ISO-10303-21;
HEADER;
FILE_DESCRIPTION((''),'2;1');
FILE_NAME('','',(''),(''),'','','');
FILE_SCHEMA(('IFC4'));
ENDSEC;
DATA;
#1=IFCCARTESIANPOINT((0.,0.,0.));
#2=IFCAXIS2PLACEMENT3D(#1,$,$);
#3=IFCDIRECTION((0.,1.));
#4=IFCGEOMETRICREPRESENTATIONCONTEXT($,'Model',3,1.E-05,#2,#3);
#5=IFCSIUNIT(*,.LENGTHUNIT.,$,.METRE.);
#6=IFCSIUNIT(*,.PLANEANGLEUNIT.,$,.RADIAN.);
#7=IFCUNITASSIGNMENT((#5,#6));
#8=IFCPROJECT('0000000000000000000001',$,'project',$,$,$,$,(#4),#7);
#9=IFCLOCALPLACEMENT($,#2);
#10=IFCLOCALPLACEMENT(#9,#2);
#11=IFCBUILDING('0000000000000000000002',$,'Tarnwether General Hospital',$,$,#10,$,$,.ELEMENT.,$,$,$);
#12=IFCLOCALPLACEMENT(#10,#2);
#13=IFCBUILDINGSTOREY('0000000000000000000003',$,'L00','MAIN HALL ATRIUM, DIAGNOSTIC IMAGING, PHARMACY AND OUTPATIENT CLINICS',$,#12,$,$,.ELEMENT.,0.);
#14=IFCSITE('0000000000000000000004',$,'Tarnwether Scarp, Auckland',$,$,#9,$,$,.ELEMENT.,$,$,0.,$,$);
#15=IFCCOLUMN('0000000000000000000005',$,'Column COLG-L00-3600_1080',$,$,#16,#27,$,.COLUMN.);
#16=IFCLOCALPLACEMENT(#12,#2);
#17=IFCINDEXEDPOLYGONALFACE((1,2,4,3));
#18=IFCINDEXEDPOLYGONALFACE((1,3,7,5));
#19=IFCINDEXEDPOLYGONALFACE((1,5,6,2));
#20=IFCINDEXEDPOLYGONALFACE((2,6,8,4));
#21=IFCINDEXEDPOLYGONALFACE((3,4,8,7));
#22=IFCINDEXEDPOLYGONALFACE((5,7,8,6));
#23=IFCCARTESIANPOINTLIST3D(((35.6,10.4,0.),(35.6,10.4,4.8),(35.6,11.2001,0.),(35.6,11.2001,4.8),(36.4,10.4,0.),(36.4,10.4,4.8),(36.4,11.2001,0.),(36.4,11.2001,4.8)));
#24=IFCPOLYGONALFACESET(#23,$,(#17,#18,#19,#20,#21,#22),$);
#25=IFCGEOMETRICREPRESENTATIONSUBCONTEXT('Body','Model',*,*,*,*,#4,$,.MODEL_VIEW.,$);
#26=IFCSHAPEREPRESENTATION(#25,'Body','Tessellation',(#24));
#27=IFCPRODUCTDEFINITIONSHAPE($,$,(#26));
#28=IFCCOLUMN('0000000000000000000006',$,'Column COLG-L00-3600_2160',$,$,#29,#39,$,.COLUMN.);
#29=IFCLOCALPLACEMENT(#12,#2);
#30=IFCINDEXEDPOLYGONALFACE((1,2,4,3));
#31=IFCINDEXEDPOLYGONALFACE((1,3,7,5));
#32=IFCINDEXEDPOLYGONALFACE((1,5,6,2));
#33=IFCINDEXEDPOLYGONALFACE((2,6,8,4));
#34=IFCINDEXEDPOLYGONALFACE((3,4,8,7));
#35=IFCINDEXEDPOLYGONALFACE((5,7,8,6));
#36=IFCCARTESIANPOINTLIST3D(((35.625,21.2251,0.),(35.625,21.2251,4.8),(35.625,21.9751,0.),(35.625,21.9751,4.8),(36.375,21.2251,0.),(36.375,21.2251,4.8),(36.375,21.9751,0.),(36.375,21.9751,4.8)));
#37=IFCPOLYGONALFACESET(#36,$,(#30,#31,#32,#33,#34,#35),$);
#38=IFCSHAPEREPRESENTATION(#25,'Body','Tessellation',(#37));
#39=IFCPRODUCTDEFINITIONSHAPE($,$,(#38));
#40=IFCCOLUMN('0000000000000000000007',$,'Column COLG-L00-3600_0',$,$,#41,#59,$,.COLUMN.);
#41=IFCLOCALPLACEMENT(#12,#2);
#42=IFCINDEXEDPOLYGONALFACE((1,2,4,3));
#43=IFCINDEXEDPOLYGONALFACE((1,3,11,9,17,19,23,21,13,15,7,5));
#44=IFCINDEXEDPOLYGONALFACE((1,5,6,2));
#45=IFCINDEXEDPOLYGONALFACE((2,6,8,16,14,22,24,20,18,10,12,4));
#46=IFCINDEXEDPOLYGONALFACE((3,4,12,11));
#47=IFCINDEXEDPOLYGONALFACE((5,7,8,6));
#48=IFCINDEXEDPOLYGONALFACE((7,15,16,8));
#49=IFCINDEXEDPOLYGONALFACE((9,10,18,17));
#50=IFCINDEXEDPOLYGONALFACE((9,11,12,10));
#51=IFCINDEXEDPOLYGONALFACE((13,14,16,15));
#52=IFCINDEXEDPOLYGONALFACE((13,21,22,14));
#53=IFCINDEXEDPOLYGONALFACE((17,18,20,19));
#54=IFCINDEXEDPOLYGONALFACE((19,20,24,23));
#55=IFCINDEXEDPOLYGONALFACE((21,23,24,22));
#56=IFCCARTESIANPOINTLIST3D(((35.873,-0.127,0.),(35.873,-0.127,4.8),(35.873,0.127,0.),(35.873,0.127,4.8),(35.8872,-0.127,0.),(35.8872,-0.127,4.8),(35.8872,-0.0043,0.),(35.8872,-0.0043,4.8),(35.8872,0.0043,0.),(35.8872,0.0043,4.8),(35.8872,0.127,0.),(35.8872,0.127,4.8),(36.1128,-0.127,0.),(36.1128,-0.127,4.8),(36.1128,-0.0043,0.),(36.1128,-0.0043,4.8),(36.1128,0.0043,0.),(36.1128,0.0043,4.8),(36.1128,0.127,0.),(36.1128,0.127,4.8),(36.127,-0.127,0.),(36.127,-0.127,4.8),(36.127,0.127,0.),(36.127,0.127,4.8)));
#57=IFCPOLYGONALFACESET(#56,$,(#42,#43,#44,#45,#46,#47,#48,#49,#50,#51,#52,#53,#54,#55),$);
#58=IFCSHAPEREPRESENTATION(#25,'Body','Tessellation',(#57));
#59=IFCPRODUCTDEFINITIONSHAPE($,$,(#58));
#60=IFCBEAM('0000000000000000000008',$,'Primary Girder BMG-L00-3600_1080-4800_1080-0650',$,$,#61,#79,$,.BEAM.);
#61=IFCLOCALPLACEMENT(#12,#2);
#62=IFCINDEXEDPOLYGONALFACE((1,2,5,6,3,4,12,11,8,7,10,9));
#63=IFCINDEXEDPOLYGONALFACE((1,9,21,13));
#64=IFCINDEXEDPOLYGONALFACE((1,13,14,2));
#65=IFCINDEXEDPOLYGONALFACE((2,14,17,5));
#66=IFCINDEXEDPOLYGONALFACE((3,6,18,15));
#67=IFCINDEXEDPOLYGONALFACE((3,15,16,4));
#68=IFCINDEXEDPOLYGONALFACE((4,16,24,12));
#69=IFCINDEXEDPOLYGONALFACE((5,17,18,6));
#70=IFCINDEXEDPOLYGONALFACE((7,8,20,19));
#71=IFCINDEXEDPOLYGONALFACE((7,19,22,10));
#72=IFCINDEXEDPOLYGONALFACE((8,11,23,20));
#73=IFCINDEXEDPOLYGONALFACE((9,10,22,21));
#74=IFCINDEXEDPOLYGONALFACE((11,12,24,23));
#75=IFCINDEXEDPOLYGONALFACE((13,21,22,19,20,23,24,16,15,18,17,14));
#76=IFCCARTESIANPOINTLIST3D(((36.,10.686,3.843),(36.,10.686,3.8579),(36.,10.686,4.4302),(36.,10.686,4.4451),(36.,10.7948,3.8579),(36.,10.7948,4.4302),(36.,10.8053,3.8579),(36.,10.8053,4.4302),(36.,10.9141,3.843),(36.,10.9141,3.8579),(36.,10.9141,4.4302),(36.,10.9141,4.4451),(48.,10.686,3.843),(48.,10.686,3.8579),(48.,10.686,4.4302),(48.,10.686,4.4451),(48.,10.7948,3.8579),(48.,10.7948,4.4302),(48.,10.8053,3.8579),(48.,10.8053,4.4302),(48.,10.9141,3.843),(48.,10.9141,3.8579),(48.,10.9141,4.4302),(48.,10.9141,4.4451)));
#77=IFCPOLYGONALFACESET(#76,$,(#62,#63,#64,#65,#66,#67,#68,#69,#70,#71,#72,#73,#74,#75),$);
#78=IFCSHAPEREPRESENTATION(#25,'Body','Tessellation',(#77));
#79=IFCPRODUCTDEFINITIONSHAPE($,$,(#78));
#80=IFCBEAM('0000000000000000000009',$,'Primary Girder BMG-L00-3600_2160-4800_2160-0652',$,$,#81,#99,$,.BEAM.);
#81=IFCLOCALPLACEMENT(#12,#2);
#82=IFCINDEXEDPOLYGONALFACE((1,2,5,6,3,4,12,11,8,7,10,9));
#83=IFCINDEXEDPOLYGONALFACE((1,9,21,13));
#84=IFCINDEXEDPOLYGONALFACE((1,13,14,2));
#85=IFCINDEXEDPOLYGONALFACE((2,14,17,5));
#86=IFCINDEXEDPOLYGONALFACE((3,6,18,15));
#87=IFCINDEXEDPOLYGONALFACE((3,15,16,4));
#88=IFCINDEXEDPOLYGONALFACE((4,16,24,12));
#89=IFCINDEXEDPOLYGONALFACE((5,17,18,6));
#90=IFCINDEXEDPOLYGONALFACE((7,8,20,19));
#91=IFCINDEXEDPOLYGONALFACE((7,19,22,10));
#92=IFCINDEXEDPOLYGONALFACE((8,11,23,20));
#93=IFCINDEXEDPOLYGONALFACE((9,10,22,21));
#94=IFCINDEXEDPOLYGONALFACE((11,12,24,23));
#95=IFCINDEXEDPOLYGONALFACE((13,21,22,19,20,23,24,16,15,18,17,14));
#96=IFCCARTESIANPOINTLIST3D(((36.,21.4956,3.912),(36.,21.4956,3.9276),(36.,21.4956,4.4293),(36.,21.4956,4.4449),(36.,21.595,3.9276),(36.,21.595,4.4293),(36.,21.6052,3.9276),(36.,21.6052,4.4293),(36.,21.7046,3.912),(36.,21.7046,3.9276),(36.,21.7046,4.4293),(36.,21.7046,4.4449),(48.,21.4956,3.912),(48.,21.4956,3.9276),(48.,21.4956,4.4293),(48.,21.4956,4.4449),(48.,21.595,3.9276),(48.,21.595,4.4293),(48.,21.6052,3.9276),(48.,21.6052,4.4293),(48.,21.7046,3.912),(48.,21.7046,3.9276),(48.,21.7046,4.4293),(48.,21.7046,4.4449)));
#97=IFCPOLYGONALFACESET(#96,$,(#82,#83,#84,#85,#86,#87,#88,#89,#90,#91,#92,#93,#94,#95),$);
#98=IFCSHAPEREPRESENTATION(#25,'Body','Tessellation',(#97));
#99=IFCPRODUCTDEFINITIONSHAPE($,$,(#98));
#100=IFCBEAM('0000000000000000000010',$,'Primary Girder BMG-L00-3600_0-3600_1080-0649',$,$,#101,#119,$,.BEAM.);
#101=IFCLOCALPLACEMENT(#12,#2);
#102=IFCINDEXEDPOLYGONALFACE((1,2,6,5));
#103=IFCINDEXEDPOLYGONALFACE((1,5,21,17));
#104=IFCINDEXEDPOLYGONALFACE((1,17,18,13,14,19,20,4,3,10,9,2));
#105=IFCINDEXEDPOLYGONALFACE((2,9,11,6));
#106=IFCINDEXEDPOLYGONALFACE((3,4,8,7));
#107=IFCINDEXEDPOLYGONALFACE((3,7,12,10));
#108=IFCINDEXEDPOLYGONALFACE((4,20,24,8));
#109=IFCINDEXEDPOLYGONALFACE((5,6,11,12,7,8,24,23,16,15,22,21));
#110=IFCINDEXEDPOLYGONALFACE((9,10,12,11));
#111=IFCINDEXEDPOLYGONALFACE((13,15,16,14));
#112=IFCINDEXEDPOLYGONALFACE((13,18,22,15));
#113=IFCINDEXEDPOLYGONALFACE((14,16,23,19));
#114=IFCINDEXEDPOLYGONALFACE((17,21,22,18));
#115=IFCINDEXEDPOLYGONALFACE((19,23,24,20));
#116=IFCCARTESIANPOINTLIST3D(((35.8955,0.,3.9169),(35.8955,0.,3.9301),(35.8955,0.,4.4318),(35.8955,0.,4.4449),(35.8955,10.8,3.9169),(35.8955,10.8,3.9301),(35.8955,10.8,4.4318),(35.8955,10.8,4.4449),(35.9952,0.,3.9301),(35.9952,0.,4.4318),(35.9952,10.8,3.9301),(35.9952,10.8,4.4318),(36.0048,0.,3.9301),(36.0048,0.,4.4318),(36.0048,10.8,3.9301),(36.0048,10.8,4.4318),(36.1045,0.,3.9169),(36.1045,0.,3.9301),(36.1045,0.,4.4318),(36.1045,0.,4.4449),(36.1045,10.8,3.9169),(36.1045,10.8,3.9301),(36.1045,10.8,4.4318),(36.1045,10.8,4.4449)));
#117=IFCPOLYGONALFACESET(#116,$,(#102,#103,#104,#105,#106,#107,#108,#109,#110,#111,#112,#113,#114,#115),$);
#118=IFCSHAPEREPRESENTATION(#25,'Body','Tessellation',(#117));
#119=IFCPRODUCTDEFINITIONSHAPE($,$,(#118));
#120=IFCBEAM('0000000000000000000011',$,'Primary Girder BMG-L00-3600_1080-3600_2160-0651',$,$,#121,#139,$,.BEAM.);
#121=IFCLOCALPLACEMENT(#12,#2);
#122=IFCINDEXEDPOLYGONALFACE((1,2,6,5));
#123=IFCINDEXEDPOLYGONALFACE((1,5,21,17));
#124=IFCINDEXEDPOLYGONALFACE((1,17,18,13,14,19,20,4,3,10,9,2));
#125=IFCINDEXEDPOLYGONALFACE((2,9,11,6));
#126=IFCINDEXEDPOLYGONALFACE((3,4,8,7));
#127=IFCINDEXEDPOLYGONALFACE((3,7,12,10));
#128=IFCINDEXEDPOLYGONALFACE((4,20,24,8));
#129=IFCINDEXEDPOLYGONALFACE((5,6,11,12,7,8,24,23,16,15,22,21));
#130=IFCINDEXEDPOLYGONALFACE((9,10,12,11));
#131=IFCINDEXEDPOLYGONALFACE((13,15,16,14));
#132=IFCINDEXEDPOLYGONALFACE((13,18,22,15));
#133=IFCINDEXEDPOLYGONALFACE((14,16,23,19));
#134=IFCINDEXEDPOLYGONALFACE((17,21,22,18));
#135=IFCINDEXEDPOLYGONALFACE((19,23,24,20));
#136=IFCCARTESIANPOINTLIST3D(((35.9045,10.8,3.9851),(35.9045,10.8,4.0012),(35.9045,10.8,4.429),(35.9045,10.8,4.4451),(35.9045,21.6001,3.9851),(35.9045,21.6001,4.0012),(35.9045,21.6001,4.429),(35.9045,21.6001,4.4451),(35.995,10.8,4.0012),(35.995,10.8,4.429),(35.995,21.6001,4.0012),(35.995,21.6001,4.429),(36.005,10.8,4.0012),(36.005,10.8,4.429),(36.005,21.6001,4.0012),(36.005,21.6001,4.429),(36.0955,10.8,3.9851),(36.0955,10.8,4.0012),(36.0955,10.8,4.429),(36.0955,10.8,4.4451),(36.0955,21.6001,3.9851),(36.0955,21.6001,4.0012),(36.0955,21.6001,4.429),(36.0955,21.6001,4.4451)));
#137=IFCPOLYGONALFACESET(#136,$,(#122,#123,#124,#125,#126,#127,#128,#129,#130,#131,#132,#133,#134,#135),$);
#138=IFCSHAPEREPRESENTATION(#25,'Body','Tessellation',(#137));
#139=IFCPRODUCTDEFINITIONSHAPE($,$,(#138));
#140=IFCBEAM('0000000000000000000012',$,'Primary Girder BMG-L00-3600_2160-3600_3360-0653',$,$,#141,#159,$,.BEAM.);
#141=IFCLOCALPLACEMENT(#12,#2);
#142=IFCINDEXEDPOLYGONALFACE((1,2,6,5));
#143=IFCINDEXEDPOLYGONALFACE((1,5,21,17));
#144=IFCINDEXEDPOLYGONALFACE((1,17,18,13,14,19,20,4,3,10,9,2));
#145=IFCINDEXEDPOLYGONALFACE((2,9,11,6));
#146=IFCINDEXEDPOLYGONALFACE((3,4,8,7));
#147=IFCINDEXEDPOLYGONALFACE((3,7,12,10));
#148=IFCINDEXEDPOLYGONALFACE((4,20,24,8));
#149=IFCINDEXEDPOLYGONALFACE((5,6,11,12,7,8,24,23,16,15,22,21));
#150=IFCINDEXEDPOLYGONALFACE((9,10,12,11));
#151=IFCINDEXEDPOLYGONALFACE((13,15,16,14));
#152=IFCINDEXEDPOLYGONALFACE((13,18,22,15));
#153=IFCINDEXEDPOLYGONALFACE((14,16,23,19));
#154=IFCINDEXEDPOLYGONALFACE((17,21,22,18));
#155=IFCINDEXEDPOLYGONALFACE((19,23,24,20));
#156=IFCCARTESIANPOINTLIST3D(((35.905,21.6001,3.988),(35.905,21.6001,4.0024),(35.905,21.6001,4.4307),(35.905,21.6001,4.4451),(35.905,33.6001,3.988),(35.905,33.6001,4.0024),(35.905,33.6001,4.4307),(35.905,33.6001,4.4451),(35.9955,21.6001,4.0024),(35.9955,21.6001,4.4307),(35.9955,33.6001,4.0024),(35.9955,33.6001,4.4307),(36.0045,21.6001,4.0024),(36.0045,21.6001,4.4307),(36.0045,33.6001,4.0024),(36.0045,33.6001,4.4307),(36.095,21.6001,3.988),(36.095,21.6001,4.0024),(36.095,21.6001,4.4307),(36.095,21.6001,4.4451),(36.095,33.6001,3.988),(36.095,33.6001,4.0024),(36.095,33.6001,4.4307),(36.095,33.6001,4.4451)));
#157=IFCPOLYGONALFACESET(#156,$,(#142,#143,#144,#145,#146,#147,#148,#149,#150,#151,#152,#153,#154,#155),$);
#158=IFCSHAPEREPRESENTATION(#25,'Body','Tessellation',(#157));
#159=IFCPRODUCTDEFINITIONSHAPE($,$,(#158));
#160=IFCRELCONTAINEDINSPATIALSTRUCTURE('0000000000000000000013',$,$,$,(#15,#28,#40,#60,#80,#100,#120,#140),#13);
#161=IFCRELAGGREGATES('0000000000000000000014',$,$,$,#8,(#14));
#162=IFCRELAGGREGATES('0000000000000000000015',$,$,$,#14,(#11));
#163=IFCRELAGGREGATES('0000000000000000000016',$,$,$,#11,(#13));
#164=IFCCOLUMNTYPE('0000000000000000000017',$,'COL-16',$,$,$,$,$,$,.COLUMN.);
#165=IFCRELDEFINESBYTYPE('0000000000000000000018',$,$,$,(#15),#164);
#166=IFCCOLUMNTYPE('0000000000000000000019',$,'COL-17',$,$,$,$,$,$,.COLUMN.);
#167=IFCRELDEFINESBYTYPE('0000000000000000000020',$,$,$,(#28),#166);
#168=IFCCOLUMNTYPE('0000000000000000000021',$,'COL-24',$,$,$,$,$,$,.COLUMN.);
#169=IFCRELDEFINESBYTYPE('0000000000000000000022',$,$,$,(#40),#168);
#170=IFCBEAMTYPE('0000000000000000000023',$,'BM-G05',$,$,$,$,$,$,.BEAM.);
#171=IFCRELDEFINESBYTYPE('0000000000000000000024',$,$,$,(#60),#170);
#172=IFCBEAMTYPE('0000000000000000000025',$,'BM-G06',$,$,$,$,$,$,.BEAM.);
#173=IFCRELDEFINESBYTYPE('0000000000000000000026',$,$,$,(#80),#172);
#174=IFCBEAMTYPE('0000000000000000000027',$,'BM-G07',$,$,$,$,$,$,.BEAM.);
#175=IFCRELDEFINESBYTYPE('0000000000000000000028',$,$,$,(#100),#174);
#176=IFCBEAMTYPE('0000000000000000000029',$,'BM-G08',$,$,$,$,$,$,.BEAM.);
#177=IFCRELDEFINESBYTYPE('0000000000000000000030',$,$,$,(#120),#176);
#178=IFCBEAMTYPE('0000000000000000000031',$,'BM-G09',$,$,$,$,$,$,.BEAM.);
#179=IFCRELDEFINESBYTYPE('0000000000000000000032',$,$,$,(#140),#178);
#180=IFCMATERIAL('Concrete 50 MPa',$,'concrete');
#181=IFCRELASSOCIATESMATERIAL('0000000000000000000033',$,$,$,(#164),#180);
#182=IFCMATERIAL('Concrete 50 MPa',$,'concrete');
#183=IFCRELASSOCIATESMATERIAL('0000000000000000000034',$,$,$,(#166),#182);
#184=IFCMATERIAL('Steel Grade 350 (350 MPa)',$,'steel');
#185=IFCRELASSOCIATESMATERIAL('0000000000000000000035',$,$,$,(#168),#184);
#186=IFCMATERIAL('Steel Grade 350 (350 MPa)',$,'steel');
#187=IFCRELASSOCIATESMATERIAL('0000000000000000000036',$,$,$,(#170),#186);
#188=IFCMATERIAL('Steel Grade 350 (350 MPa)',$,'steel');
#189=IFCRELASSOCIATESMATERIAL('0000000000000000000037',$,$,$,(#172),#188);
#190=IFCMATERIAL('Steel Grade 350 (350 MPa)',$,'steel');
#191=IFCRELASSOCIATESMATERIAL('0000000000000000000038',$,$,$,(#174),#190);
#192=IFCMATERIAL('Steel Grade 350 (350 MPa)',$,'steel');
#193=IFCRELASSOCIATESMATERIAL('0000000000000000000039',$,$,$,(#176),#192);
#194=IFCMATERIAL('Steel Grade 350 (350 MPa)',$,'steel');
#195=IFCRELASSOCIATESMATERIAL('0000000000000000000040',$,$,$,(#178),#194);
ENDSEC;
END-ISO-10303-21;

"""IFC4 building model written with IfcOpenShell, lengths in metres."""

from ifc_helpers import new_model, si_unit, direction, frame, origin, origin_2d, place, context, subcontext, project, spatial, rectangle, i_section, extrude, material, material_profile, profile_set, type_object, element, save


model = new_model("IFC4")

# Units and contexts
model_context = context("Model", 3, precision=1e-05, world=origin(), true_north=direction((0.0, 1.0)))
body_context = subcontext(model_context, "Body", "Model", "MODEL_VIEW")
ifc_project = project(units=[si_unit("LENGTHUNIT", "METRE"), si_unit("PLANEANGLEUNIT", "RADIAN")], contexts=[model_context])

# Site, building, storey
site_placement = place(None, origin())
site = spatial("IfcSite", under=ifc_project, at=site_placement, Name="Tarnwether Scarp, Auckland", CompositionType="ELEMENT", RefElevation=0.0)
building_placement = place(site_placement, origin())
building = spatial("IfcBuilding", under=site, at=building_placement, Name="Tarnwether General Hospital", CompositionType="ELEMENT")
storey_placement = place(building_placement, origin())
storey = spatial("IfcBuildingStorey", under=building, at=storey_placement, Name="L00", Description="MAIN HALL ATRIUM, DIAGNOSTIC IMAGING, PHARMACY AND OUTPATIENT CLINICS", CompositionType="ELEMENT", Elevation=0.0)

# Columns
ifc_material_1 = material(Name="Concrete 50 MPa", Category="concrete")
ifc_material_profile_1 = material_profile(ifc_material_1, rectangle(XDim=0.8, YDim=0.8, at=origin_2d()), Name="RC-COL-800x800")
ifc_profile_set_1 = profile_set([ifc_material_profile_1], Name="Concrete 50 MPa")
column_type_1 = type_object("IfcColumnType", Name="COL-16", PredefinedType="COLUMN", material=ifc_profile_set_1)
column_1_placement = place(storey_placement, frame((36.0, 10.8, 0.0), z_axis=(0.0, 0.0, 1.0), x_axis=(0.0, 1.0, 0.0)))
element("IfcColumn", 1, at=column_1_placement, inside=storey, type_object=column_type_1, Name="Column COLG-L00-3600_1080", PredefinedType="COLUMN", context=body_context, shape_type="SweptSolid", body=[
    extrude(rectangle(XDim=0.8, YDim=0.8, at=origin_2d()), origin(), (0.0, 0.0, 1.0), 4.8),
])
ifc_material_2 = material(Name="Concrete 50 MPa", Category="concrete")
ifc_material_profile_2 = material_profile(ifc_material_2, rectangle(XDim=0.75, YDim=0.75, at=origin_2d()), Name="RC-COL-750x750")
ifc_profile_set_2 = profile_set([ifc_material_profile_2], Name="Concrete 50 MPa")
column_type_2 = type_object("IfcColumnType", Name="COL-17", PredefinedType="COLUMN", material=ifc_profile_set_2)
column_2_placement = place(storey_placement, frame((36.0, 21.6001, 0.0), z_axis=(0.0, 0.0, 1.0), x_axis=(0.0, 1.0, 0.0)))
element("IfcColumn", 2, at=column_2_placement, inside=storey, type_object=column_type_2, Name="Column COLG-L00-3600_2160", PredefinedType="COLUMN", context=body_context, shape_type="SweptSolid", body=[
    extrude(rectangle(XDim=0.75, YDim=0.75, at=origin_2d()), origin(), (0.0, 0.0, 1.0), 4.8),
])
ifc_material_3 = material(Name="Steel Grade 350 (350 MPa)", Category="steel")
ifc_material_profile_3 = material_profile(ifc_material_3, i_section(OverallWidth=0.2539, OverallDepth=0.2539, WebThickness=0.0085, FlangeThickness=0.0142, at=origin_2d()), Name="250UC72.9")
ifc_profile_set_3 = profile_set([ifc_material_profile_3], Name="Steel Grade 350 (350 MPa)")
column_type_3 = type_object("IfcColumnType", Name="COL-24", PredefinedType="COLUMN", material=ifc_profile_set_3)
column_3_placement = place(storey_placement, frame((36.0, 0.0, 0.0), z_axis=(0.0, 0.0, 1.0), x_axis=(0.0, 1.0, 0.0)))
element("IfcColumn", 3, at=column_3_placement, inside=storey, type_object=column_type_3, Name="Column COLG-L00-3600_0", PredefinedType="COLUMN", context=body_context, shape_type="SweptSolid", body=[
    extrude(i_section(OverallWidth=0.2539, OverallDepth=0.2539, WebThickness=0.0085, FlangeThickness=0.0142, at=origin_2d()), origin(), (0.0, 0.0, 1.0), 4.8),
])

# Beams
ifc_material_4 = material(Name="Steel Grade 350 (350 MPa)", Category="steel")
ifc_material_profile_4 = material_profile(ifc_material_4, i_section(OverallWidth=0.228, OverallDepth=0.6021, WebThickness=0.0105, FlangeThickness=0.0149, at=origin_2d()), Name="610UB101")
ifc_profile_set_4 = profile_set([ifc_material_profile_4], Name="Steel Grade 350 (350 MPa)")
beam_type_1 = type_object("IfcBeamType", Name="BM-G05", PredefinedType="BEAM", material=ifc_profile_set_4)
beam_1_placement = place(storey_placement, frame((36.0, 10.8, 4.144), z_axis=(1.0, 0.0, 0.0), x_axis=(0.0, 1.0, 0.0)))
element("IfcBeam", 4, at=beam_1_placement, inside=storey, type_object=beam_type_1, Name="Primary Girder BMG-L00-3600_1080-4800_1080-0650", PredefinedType="BEAM", context=body_context, shape_type="SweptSolid", body=[
    extrude(i_section(OverallWidth=0.228, OverallDepth=0.6021, WebThickness=0.0105, FlangeThickness=0.0149, at=origin_2d()), origin(), (0.0, 0.0, 1.0), 12.0),
])
ifc_material_5 = material(Name="Steel Grade 350 (350 MPa)", Category="steel")
ifc_material_profile_5 = material_profile(ifc_material_5, i_section(OverallWidth=0.209, OverallDepth=0.533, WebThickness=0.0103, FlangeThickness=0.0156, at=origin_2d()), Name="530UB92.4")
ifc_profile_set_5 = profile_set([ifc_material_profile_5], Name="Steel Grade 350 (350 MPa)")
beam_type_2 = type_object("IfcBeamType", Name="BM-G06", PredefinedType="BEAM", material=ifc_profile_set_5)
beam_2_placement = place(storey_placement, frame((36.0, 21.6001, 4.1785), z_axis=(1.0, 0.0, 0.0), x_axis=(0.0, 1.0, 0.0)))
element("IfcBeam", 5, at=beam_2_placement, inside=storey, type_object=beam_type_2, Name="Primary Girder BMG-L00-3600_2160-4800_2160-0652", PredefinedType="BEAM", context=body_context, shape_type="SweptSolid", body=[
    extrude(i_section(OverallWidth=0.209, OverallDepth=0.533, WebThickness=0.0103, FlangeThickness=0.0156, at=origin_2d()), origin(), (0.0, 0.0, 1.0), 12.0),
])
ifc_material_6 = material(Name="Steel Grade 350 (350 MPa)", Category="steel")
ifc_material_profile_6 = material_profile(ifc_material_6, i_section(OverallWidth=0.209, OverallDepth=0.5281, WebThickness=0.0095, FlangeThickness=0.0132, at=origin_2d()), Name="530UB82.0")
ifc_profile_set_6 = profile_set([ifc_material_profile_6], Name="Steel Grade 350 (350 MPa)")
beam_type_3 = type_object("IfcBeamType", Name="BM-G07", PredefinedType="BEAM", material=ifc_profile_set_6)
beam_3_placement = place(storey_placement, frame((36.0, 0.0, 4.1809), z_axis=(0.0, 1.0, 0.0), x_axis=(-1.0, 0.0, 0.0)))
element("IfcBeam", 6, at=beam_3_placement, inside=storey, type_object=beam_type_3, Name="Primary Girder BMG-L00-3600_0-3600_1080-0649", PredefinedType="BEAM", context=body_context, shape_type="SweptSolid", body=[
    extrude(i_section(OverallWidth=0.209, OverallDepth=0.5281, WebThickness=0.0095, FlangeThickness=0.0132, at=origin_2d()), origin(), (0.0, 0.0, 1.0), 10.8),
])
ifc_material_7 = material(Name="Steel Grade 350 (350 MPa)", Category="steel")
ifc_material_profile_7 = material_profile(ifc_material_7, i_section(OverallWidth=0.1909, OverallDepth=0.46, WebThickness=0.01, FlangeThickness=0.0161, at=origin_2d()), Name="460UB82.1")
ifc_profile_set_7 = profile_set([ifc_material_profile_7], Name="Steel Grade 350 (350 MPa)")
beam_type_4 = type_object("IfcBeamType", Name="BM-G08", PredefinedType="BEAM", material=ifc_profile_set_7)
beam_4_placement = place(storey_placement, frame((36.0, 10.8, 4.2151), z_axis=(0.0, 1.0, 0.0), x_axis=(-1.0, 0.0, 0.0)))
element("IfcBeam", 7, at=beam_4_placement, inside=storey, type_object=beam_type_4, Name="Primary Girder BMG-L00-3600_1080-3600_2160-0651", PredefinedType="BEAM", context=body_context, shape_type="SweptSolid", body=[
    extrude(i_section(OverallWidth=0.1909, OverallDepth=0.46, WebThickness=0.01, FlangeThickness=0.0161, at=origin_2d()), origin(), (0.0, 0.0, 1.0), 10.8),
])
ifc_material_8 = material(Name="Steel Grade 350 (350 MPa)", Category="steel")
ifc_material_profile_8 = material_profile(ifc_material_8, i_section(OverallWidth=0.1899, OverallDepth=0.457, WebThickness=0.009, FlangeThickness=0.0144, at=origin_2d()), Name="460UB74.6")
ifc_profile_set_8 = profile_set([ifc_material_profile_8], Name="Steel Grade 350 (350 MPa)")
beam_type_5 = type_object("IfcBeamType", Name="BM-G09", PredefinedType="BEAM", material=ifc_profile_set_8)
beam_5_placement = place(storey_placement, frame((36.0, 21.6001, 4.2166), z_axis=(0.0, 1.0, 0.0), x_axis=(-1.0, 0.0, 0.0)))
element("IfcBeam", 8, at=beam_5_placement, inside=storey, type_object=beam_type_5, Name="Primary Girder BMG-L00-3600_2160-3600_3360-0653", PredefinedType="BEAM", context=body_context, shape_type="SweptSolid", body=[
    extrude(i_section(OverallWidth=0.1899, OverallDepth=0.457, WebThickness=0.009, FlangeThickness=0.0144, at=origin_2d()), origin(), (0.0, 0.0, 1.0), 12.0),
])

save(model, "model.ifc")
